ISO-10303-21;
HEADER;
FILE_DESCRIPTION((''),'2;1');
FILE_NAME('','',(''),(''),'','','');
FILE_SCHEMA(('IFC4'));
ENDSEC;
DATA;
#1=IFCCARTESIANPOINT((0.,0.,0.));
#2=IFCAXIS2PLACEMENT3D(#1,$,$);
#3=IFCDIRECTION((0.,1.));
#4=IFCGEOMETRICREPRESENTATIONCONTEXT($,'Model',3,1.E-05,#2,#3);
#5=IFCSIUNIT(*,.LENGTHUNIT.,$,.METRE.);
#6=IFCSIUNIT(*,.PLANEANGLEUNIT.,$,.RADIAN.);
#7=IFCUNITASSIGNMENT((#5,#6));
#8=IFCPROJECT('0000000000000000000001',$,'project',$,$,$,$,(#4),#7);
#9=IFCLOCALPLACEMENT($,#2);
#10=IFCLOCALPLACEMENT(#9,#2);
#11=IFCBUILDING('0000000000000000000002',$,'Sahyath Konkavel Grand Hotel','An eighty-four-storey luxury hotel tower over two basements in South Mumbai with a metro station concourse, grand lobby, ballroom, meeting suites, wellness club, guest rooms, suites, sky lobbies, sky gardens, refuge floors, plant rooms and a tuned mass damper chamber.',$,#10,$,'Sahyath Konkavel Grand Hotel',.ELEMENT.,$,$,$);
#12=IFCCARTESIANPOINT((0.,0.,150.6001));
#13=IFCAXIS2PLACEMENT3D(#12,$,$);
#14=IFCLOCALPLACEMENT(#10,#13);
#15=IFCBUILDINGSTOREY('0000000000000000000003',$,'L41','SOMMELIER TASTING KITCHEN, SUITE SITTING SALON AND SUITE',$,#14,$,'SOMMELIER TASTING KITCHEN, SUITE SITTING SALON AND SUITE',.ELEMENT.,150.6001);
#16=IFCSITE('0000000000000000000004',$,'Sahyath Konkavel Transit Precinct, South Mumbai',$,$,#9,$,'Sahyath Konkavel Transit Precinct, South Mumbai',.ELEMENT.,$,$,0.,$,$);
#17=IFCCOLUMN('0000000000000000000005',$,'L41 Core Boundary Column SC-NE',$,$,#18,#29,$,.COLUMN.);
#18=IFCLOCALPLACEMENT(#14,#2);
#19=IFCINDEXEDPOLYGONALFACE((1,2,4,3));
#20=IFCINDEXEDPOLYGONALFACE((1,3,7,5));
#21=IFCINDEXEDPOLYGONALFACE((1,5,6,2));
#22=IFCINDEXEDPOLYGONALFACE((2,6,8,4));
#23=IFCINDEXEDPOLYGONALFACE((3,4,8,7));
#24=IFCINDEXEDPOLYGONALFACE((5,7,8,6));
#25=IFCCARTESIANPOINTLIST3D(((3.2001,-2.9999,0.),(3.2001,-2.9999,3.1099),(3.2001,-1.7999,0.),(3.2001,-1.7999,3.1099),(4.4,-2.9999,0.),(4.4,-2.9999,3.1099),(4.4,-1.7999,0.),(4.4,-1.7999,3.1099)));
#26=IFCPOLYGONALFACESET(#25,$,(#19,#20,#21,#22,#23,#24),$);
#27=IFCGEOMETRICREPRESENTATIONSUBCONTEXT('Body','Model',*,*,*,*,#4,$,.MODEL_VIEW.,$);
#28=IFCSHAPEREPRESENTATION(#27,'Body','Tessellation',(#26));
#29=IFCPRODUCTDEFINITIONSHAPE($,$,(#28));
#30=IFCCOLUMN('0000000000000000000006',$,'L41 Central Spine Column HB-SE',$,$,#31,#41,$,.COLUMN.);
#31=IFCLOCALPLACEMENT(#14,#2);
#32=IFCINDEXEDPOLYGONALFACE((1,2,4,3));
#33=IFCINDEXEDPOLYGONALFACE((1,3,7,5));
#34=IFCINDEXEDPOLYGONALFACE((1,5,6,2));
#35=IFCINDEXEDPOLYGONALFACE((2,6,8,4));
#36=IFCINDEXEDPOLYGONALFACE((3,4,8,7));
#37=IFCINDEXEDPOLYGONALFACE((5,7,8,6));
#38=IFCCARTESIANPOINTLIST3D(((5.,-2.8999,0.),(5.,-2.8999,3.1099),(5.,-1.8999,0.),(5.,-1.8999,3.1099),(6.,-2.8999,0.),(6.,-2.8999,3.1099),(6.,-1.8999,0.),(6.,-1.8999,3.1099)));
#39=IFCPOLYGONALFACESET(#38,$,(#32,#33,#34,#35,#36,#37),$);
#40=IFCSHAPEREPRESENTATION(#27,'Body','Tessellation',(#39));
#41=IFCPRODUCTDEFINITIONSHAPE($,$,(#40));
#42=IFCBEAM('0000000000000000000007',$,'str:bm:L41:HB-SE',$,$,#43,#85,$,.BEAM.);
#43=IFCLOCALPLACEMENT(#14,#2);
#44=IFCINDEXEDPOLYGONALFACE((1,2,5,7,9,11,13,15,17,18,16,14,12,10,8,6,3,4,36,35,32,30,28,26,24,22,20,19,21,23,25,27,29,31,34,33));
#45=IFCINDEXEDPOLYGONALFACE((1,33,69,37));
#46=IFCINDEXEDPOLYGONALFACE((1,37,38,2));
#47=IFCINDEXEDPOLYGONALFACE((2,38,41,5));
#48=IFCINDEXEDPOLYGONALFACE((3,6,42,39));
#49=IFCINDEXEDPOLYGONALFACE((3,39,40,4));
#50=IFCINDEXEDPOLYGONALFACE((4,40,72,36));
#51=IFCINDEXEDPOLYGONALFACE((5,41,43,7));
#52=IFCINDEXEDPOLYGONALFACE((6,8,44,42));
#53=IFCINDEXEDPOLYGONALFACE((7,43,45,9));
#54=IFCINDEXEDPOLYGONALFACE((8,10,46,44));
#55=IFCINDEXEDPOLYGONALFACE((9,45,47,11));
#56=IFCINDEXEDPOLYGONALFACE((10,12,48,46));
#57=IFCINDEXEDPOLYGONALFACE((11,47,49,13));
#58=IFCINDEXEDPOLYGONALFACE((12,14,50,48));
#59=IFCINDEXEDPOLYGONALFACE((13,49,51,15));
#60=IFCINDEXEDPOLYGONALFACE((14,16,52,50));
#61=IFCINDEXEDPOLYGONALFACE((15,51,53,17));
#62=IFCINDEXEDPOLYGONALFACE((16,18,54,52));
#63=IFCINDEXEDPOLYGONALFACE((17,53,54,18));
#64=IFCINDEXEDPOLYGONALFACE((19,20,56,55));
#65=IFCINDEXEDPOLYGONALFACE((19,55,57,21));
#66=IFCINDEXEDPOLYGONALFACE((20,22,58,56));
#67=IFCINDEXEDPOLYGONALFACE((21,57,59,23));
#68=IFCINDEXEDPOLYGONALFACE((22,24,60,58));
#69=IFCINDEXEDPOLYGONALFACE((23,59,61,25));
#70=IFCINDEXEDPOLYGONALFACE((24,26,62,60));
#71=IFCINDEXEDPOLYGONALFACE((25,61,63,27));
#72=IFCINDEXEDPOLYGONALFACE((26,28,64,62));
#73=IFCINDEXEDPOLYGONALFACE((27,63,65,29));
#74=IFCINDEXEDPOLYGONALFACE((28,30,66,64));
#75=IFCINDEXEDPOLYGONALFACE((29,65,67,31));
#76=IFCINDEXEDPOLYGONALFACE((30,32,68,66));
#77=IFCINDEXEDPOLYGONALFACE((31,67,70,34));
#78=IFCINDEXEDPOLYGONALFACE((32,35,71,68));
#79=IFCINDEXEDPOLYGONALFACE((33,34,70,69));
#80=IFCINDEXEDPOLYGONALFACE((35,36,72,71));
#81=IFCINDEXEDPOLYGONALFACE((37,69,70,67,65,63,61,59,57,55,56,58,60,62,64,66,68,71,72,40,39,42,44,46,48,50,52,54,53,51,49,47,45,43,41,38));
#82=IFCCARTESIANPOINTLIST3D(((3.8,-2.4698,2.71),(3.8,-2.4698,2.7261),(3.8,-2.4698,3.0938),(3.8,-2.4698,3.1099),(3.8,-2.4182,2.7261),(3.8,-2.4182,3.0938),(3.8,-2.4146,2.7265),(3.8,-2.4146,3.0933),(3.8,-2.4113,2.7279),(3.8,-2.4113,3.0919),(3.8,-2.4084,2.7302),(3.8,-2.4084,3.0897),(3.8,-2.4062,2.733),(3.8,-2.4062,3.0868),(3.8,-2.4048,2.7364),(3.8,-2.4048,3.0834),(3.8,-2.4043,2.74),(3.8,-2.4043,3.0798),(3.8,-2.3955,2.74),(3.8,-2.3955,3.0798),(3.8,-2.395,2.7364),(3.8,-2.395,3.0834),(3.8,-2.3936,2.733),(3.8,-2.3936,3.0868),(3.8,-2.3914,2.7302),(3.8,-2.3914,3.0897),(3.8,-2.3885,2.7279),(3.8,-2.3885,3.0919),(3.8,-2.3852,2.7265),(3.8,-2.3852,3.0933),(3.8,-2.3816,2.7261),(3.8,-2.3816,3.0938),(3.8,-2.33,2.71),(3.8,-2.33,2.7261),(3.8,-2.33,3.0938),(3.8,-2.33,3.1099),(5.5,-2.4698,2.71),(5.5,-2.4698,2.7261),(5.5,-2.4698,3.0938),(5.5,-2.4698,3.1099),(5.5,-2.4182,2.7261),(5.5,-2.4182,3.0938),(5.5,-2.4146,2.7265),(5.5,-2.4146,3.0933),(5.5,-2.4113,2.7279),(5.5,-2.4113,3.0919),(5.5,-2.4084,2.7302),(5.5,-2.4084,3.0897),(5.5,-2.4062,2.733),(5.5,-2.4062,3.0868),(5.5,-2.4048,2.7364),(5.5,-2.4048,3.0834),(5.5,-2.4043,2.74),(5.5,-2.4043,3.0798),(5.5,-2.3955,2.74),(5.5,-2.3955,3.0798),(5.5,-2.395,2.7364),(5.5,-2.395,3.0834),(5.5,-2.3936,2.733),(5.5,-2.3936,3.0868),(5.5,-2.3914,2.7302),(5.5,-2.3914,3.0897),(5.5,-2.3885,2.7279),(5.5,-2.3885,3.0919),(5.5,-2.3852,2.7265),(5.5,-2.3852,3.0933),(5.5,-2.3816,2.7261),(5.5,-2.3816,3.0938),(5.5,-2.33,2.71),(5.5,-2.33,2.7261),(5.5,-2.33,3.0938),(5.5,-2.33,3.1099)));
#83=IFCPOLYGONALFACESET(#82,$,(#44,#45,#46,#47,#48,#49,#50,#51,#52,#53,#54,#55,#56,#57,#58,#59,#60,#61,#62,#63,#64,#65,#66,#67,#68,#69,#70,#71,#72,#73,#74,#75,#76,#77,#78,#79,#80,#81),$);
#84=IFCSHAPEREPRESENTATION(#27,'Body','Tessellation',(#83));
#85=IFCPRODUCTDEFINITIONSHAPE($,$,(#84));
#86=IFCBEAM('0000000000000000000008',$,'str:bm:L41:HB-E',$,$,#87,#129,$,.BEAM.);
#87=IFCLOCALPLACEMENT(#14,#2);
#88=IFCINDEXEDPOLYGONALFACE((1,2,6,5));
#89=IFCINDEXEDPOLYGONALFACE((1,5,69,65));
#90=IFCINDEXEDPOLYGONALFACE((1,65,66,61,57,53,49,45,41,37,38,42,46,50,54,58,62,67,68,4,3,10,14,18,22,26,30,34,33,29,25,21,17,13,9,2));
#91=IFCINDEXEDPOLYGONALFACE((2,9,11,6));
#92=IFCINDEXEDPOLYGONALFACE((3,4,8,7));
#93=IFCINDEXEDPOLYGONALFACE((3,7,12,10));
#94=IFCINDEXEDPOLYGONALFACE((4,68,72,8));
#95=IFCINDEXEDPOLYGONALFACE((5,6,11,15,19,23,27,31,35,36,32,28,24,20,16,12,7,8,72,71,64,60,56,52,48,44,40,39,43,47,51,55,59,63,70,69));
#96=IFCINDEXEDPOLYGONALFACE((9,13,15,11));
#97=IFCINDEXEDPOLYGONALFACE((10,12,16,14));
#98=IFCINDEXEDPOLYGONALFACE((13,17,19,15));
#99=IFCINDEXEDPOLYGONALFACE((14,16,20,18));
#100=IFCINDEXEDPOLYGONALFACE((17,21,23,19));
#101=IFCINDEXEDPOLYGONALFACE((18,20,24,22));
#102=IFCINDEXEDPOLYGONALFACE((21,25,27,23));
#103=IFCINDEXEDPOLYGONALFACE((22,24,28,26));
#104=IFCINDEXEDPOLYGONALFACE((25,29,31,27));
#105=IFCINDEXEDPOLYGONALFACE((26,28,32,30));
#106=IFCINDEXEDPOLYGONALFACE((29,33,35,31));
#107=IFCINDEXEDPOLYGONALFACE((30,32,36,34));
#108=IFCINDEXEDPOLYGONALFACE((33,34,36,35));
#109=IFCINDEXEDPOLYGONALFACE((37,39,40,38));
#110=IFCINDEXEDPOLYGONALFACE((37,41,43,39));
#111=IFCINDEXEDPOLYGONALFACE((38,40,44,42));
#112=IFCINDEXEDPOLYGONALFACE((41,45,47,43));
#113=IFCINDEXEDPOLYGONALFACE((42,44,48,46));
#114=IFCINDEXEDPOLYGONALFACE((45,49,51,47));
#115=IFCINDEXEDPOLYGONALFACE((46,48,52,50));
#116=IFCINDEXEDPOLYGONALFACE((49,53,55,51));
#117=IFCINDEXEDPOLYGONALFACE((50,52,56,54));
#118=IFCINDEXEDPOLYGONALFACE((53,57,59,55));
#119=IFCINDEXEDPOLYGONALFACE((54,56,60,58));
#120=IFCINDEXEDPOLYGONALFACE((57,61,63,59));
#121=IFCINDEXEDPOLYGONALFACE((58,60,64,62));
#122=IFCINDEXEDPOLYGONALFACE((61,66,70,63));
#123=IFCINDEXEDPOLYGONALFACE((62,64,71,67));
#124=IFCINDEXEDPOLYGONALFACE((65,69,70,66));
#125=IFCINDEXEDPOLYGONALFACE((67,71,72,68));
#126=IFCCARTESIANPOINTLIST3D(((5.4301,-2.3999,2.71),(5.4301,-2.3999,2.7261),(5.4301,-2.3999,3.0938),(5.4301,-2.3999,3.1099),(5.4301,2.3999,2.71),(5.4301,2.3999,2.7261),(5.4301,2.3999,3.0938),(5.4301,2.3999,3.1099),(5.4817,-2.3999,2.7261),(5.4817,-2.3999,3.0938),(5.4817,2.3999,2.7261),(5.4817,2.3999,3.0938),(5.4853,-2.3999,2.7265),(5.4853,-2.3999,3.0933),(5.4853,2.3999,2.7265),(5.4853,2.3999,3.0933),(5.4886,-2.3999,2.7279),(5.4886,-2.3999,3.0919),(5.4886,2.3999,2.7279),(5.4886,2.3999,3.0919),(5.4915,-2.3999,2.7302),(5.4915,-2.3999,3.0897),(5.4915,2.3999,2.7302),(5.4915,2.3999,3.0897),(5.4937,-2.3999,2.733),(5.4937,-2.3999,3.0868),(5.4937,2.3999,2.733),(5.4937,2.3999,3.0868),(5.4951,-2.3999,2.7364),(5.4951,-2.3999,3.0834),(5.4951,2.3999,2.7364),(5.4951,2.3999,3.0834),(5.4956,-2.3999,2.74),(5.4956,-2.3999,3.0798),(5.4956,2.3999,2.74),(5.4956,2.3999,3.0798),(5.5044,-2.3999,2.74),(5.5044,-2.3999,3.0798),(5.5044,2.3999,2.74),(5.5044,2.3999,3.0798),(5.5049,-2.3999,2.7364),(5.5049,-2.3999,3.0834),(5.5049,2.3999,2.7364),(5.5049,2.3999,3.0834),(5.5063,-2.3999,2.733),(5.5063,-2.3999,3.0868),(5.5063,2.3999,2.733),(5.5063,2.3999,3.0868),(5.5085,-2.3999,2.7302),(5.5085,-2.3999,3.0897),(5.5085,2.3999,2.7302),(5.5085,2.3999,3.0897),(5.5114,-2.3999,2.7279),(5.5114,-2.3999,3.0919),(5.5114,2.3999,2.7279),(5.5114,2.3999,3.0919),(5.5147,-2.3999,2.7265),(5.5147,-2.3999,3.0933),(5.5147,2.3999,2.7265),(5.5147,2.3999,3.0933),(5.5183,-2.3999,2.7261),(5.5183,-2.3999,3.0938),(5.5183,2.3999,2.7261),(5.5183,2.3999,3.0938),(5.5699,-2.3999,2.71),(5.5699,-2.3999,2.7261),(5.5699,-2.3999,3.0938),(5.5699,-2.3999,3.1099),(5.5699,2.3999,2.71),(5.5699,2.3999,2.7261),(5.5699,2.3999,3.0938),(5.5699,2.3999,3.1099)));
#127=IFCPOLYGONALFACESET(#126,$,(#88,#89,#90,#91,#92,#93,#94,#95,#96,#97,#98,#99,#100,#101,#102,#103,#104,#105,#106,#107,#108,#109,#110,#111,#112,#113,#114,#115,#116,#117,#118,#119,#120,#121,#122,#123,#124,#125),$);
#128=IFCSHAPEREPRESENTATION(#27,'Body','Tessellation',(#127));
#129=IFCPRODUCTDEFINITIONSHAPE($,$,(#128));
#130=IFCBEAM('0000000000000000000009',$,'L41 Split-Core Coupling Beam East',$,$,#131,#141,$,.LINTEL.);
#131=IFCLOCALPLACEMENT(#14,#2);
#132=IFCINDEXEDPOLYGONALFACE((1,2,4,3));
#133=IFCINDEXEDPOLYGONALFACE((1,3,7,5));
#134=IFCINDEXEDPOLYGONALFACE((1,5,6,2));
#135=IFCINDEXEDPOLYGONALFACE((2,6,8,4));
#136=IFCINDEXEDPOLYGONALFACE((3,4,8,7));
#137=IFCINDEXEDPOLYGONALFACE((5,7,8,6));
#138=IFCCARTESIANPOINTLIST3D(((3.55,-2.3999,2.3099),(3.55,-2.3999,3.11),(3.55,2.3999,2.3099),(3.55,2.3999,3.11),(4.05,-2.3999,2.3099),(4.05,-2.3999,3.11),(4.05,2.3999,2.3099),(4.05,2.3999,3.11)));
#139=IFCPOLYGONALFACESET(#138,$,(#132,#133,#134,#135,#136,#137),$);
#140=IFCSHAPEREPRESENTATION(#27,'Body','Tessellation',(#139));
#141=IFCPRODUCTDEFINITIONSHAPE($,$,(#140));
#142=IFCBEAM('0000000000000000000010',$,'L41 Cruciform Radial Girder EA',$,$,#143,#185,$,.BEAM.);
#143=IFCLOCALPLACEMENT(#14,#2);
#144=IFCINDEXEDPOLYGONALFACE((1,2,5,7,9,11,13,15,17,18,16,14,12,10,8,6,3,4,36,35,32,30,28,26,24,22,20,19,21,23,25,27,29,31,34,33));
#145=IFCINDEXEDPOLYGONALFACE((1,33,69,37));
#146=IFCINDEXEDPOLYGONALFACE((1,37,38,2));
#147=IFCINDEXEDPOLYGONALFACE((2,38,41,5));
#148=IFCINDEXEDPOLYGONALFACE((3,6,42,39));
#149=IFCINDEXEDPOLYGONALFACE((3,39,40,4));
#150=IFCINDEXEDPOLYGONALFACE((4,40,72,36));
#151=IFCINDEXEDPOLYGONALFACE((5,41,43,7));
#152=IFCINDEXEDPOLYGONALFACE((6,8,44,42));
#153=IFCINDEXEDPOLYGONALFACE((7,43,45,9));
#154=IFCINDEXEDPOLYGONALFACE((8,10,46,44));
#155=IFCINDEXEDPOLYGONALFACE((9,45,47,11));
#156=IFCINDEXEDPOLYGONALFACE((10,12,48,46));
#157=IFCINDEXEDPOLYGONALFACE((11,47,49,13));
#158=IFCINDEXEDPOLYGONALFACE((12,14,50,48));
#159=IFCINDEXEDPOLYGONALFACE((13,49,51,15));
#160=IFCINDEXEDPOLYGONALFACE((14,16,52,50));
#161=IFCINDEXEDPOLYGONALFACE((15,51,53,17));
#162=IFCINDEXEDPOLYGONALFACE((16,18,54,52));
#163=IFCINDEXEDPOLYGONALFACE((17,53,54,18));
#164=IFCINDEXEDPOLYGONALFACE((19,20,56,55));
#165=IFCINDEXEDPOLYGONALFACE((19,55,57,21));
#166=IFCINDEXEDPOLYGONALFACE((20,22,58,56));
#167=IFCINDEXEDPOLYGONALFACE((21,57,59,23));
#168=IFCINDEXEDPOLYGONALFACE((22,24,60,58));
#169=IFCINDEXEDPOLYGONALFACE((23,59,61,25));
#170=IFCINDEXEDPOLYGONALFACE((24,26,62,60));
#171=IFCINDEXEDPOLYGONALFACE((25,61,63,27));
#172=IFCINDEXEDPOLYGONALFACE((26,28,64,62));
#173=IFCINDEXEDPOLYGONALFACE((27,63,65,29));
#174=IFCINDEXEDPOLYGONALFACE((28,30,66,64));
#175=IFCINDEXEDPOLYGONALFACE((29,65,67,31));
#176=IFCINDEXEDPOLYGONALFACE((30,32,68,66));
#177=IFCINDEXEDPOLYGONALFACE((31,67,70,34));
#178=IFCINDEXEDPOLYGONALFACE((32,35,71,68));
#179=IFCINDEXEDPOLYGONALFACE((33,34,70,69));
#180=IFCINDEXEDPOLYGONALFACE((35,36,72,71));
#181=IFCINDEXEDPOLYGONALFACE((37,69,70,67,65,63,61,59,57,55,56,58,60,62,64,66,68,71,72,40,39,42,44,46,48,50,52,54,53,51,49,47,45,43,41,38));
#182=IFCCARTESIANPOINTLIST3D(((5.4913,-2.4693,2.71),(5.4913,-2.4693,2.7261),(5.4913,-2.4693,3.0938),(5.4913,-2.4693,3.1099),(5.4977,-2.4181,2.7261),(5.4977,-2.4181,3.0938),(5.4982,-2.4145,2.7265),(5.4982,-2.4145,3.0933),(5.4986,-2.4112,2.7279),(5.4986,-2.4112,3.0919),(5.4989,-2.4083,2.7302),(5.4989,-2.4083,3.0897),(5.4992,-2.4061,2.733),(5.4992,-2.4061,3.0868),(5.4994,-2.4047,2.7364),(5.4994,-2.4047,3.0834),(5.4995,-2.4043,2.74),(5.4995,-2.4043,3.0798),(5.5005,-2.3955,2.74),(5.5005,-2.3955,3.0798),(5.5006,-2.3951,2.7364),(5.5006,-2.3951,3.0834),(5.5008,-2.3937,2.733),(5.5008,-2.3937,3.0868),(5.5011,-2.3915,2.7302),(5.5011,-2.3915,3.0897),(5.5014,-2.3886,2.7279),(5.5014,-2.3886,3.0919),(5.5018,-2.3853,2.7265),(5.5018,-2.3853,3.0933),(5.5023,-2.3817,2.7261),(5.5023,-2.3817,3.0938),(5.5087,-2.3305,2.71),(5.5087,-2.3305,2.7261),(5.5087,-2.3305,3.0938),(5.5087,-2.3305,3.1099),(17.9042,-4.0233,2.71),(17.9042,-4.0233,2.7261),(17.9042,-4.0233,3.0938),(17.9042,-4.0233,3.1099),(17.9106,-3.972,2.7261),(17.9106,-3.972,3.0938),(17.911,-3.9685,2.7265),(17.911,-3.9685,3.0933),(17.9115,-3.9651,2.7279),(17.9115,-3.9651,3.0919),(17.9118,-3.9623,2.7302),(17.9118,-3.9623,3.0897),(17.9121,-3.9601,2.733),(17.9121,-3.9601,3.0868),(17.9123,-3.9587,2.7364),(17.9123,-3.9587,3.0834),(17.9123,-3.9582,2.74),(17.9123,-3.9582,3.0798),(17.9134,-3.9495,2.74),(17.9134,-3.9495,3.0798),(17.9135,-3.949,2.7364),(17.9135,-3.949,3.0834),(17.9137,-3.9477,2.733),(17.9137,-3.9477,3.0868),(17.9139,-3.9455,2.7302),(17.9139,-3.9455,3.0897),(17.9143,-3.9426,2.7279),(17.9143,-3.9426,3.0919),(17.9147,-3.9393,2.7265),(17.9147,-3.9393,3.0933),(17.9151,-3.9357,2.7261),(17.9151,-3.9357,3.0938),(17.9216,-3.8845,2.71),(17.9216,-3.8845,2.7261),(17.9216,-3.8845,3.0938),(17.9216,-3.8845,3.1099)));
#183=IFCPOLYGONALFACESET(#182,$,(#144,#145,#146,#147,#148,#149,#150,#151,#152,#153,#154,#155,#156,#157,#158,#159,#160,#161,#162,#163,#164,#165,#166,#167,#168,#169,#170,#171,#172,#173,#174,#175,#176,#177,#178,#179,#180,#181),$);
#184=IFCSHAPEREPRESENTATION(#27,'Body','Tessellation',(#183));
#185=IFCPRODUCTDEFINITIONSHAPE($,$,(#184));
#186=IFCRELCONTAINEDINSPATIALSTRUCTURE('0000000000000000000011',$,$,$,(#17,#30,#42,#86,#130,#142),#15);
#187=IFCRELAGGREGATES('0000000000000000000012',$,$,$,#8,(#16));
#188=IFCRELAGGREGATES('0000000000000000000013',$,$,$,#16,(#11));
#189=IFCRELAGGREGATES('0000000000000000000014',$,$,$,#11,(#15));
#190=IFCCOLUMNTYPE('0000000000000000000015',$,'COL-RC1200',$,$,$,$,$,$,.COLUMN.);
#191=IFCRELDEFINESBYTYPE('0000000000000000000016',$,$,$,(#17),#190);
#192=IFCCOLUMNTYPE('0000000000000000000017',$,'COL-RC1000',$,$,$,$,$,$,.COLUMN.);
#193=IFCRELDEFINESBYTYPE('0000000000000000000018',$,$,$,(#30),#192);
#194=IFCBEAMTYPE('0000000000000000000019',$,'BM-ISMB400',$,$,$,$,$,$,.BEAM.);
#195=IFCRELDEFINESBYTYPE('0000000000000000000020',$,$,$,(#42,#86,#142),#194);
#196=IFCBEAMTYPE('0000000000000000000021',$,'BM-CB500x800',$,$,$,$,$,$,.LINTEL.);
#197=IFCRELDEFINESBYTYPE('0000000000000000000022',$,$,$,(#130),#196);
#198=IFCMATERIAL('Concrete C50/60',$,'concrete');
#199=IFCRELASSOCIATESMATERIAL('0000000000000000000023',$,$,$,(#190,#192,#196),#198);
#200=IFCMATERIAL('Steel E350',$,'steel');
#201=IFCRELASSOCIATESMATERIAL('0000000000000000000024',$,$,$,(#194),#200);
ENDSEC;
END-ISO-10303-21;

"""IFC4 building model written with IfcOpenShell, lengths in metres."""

from ifc_helpers import new_model, si_unit, direction, frame, origin, origin_2d, place, context, subcontext, project, spatial, rectangle, i_section, extrude, source, transform, mapped, material, material_profile, profile_set, type_object, element, save


model = new_model("IFC4")

# Units and contexts
model_context = context("Model", 3, precision=1e-05, world=origin(), true_north=direction((0.0, 1.0)))
body_context = subcontext(model_context, "Body", "Model", "MODEL_VIEW")
ifc_project = project(units=[si_unit("LENGTHUNIT", "METRE"), si_unit("PLANEANGLEUNIT", "RADIAN")], contexts=[model_context])

# Site, building, storey
site_placement = place(None, origin())
site = spatial("IfcSite", under=ifc_project, at=site_placement, Name="Sahyath Konkavel Transit Precinct, South Mumbai", LongName="Sahyath Konkavel Transit Precinct, South Mumbai", CompositionType="ELEMENT", RefElevation=0.0)
building_placement = place(site_placement, origin())
building = spatial("IfcBuilding", under=site, at=building_placement, Name="Sahyath Konkavel Grand Hotel", Description="An eighty-four-storey luxury hotel tower over two basements in South Mumbai with a metro station concourse, grand lobby, ballroom, meeting suites, wellness club, guest rooms, suites, sky lobbies, sky gardens, refuge floors, plant rooms and a tuned mass damper chamber.", LongName="Sahyath Konkavel Grand Hotel", CompositionType="ELEMENT")
storey_placement = place(building_placement, frame((0.0, 0.0, 150.6001)))
storey = spatial("IfcBuildingStorey", under=building, at=storey_placement, Name="L41", Description="SOMMELIER TASTING KITCHEN, SUITE SITTING SALON AND SUITE", LongName="SOMMELIER TASTING KITCHEN, SUITE SITTING SALON AND SUITE", CompositionType="ELEMENT", Elevation=150.6001)

# Columns
ifc_material_1 = material(Name="Concrete C50/60", Category="concrete")
ifc_material_profile_1 = material_profile(ifc_material_1, rectangle(XDim=1.2, YDim=1.2, at=origin_2d()), Name="RC 1200x1200")
ifc_profile_set_1 = profile_set([ifc_material_profile_1], Name="Concrete C50/60")
column_type_1 = type_object("IfcColumnType", Name="COL-RC1200", PredefinedType="COLUMN", material=ifc_profile_set_1)
shared_shape_1 = source(origin(), body_context, "Body", "SweptSolid", [
    extrude(rectangle(XDim=1.2, YDim=1.2, at=origin_2d()), origin(), (0.0, 0.0, 1.0), 3.1099),
])
column_1_placement = place(storey_placement, frame((3.8, -2.3999, 0.0), z_axis=(0.0, 0.0, 1.0), x_axis=(1.0, 0.0, 0.0)))
element("IfcColumn", 1, at=column_1_placement, inside=storey, type_object=column_type_1, Name="L41 Core Boundary Column SC-NE", PredefinedType="COLUMN", context=body_context, shape_type="MappedRepresentation", body=[
    mapped(shared_shape_1, transform((0.0, 0.0, 0.0), scale=1.0)),
])
ifc_material_profile_2 = material_profile(ifc_material_1, rectangle(XDim=1.0, YDim=1.0, at=origin_2d()), Name="RC 1000x1000")
ifc_profile_set_2 = profile_set([ifc_material_profile_2], Name="Concrete C50/60")
column_type_2 = type_object("IfcColumnType", Name="COL-RC1000", PredefinedType="COLUMN", material=ifc_profile_set_2)
shared_shape_2 = source(origin(), body_context, "Body", "SweptSolid", [
    extrude(rectangle(XDim=1.0, YDim=1.0, at=origin_2d()), origin(), (0.0, 0.0, 1.0), 3.1099),
])
column_2_placement = place(storey_placement, frame((5.5, -2.3999, 0.0), z_axis=(0.0, 0.0, 1.0), x_axis=(1.0, 0.0, 0.0)))
element("IfcColumn", 2, at=column_2_placement, inside=storey, type_object=column_type_2, Name="L41 Central Spine Column HB-SE", PredefinedType="COLUMN", context=body_context, shape_type="MappedRepresentation", body=[
    mapped(shared_shape_2, transform((0.0, 0.0, 0.0), scale=1.0)),
])

# Beams
ifc_material_2 = material(Name="Steel E350", Category="steel")
ifc_material_profile_3 = material_profile(ifc_material_2, i_section(OverallWidth=0.1399, OverallDepth=0.3999, WebThickness=0.0088, FlangeThickness=0.0161, FilletRadius=0.0139, at=origin_2d()), Name="ISMB 400")
ifc_profile_set_3 = profile_set([ifc_material_profile_3], Name="Steel E350")
beam_type_1 = type_object("IfcBeamType", Name="BM-ISMB400", PredefinedType="BEAM", material=ifc_profile_set_3)
shared_shape_3 = source(origin(), body_context, "Body", "SweptSolid", [
    extrude(i_section(OverallWidth=0.1399, OverallDepth=0.3999, WebThickness=0.0088, FlangeThickness=0.0161, FilletRadius=0.0139, at=origin_2d()), origin(), (0.0, 0.0, 1.0), 1.7),
])
beam_1_placement = place(storey_placement, frame((3.8, -2.3999, 2.9099), z_axis=(1.0, 0.0, 0.0), x_axis=(0.0, 1.0, 0.0)))
element("IfcBeam", 3, at=beam_1_placement, inside=storey, type_object=beam_type_1, Name="str:bm:L41:HB-SE", PredefinedType="BEAM", context=body_context, shape_type="MappedRepresentation", body=[
    mapped(shared_shape_3, transform((0.0, 0.0, 0.0), scale=1.0)),
])
shared_shape_4 = source(origin(), body_context, "Body", "SweptSolid", [
    extrude(i_section(OverallWidth=0.1399, OverallDepth=0.3999, WebThickness=0.0088, FlangeThickness=0.0161, FilletRadius=0.0139, at=origin_2d()), origin(), (0.0, 0.0, 1.0), 4.7998),
])
beam_2_placement = place(storey_placement, frame((5.5, -2.3999, 2.9099), z_axis=(0.0, 1.0, 0.0), x_axis=(-1.0, 0.0, 0.0)))
element("IfcBeam", 4, at=beam_2_placement, inside=storey, type_object=beam_type_1, Name="str:bm:L41:HB-E", PredefinedType="BEAM", context=body_context, shape_type="MappedRepresentation", body=[
    mapped(shared_shape_4, transform((0.0, 0.0, 0.0), scale=1.0)),
])
ifc_material_profile_4 = material_profile(ifc_material_1, rectangle(XDim=0.5, YDim=0.8, at=origin_2d()), Name="RC 500x800")
ifc_profile_set_4 = profile_set([ifc_material_profile_4], Name="Concrete C50/60")
beam_type_2 = type_object("IfcBeamType", Name="BM-CB500x800", PredefinedType="LINTEL", material=ifc_profile_set_4)
shared_shape_5 = source(origin(), body_context, "Body", "SweptSolid", [
    extrude(rectangle(XDim=0.5, YDim=0.8, at=origin_2d()), origin(), (0.0, 0.0, 1.0), 4.7998),
])
beam_3_placement = place(storey_placement, frame((3.8, -2.3999, 2.71), z_axis=(0.0, 1.0, 0.0), x_axis=(-1.0, 0.0, 0.0)))
element("IfcBeam", 5, at=beam_3_placement, inside=storey, type_object=beam_type_2, Name="L41 Split-Core Coupling Beam East", PredefinedType="LINTEL", context=body_context, shape_type="MappedRepresentation", body=[
    mapped(shared_shape_5, transform((0.0, 0.0, 0.0), scale=1.0)),
])
shared_shape_6 = source(origin(), body_context, "Body", "SweptSolid", [
    extrude(i_section(OverallWidth=0.1399, OverallDepth=0.3999, WebThickness=0.0088, FlangeThickness=0.0161, FilletRadius=0.0139, at=origin_2d()), origin(), (0.0, 0.0, 1.0), 12.5098),
])
beam_4_placement = place(storey_placement, frame((5.5, -2.3999, 2.9099), z_axis=(0.992255, -0.12422, 0.0), x_axis=(0.12422, 0.992255, 0.0)))
element("IfcBeam", 6, at=beam_4_placement, inside=storey, type_object=beam_type_1, Name="L41 Cruciform Radial Girder EA", PredefinedType="BEAM", context=body_context, shape_type="MappedRepresentation", body=[
    mapped(shared_shape_6, transform((0.0, 0.0, 0.0), scale=1.0)),
])

save(model, "model.ifc")
